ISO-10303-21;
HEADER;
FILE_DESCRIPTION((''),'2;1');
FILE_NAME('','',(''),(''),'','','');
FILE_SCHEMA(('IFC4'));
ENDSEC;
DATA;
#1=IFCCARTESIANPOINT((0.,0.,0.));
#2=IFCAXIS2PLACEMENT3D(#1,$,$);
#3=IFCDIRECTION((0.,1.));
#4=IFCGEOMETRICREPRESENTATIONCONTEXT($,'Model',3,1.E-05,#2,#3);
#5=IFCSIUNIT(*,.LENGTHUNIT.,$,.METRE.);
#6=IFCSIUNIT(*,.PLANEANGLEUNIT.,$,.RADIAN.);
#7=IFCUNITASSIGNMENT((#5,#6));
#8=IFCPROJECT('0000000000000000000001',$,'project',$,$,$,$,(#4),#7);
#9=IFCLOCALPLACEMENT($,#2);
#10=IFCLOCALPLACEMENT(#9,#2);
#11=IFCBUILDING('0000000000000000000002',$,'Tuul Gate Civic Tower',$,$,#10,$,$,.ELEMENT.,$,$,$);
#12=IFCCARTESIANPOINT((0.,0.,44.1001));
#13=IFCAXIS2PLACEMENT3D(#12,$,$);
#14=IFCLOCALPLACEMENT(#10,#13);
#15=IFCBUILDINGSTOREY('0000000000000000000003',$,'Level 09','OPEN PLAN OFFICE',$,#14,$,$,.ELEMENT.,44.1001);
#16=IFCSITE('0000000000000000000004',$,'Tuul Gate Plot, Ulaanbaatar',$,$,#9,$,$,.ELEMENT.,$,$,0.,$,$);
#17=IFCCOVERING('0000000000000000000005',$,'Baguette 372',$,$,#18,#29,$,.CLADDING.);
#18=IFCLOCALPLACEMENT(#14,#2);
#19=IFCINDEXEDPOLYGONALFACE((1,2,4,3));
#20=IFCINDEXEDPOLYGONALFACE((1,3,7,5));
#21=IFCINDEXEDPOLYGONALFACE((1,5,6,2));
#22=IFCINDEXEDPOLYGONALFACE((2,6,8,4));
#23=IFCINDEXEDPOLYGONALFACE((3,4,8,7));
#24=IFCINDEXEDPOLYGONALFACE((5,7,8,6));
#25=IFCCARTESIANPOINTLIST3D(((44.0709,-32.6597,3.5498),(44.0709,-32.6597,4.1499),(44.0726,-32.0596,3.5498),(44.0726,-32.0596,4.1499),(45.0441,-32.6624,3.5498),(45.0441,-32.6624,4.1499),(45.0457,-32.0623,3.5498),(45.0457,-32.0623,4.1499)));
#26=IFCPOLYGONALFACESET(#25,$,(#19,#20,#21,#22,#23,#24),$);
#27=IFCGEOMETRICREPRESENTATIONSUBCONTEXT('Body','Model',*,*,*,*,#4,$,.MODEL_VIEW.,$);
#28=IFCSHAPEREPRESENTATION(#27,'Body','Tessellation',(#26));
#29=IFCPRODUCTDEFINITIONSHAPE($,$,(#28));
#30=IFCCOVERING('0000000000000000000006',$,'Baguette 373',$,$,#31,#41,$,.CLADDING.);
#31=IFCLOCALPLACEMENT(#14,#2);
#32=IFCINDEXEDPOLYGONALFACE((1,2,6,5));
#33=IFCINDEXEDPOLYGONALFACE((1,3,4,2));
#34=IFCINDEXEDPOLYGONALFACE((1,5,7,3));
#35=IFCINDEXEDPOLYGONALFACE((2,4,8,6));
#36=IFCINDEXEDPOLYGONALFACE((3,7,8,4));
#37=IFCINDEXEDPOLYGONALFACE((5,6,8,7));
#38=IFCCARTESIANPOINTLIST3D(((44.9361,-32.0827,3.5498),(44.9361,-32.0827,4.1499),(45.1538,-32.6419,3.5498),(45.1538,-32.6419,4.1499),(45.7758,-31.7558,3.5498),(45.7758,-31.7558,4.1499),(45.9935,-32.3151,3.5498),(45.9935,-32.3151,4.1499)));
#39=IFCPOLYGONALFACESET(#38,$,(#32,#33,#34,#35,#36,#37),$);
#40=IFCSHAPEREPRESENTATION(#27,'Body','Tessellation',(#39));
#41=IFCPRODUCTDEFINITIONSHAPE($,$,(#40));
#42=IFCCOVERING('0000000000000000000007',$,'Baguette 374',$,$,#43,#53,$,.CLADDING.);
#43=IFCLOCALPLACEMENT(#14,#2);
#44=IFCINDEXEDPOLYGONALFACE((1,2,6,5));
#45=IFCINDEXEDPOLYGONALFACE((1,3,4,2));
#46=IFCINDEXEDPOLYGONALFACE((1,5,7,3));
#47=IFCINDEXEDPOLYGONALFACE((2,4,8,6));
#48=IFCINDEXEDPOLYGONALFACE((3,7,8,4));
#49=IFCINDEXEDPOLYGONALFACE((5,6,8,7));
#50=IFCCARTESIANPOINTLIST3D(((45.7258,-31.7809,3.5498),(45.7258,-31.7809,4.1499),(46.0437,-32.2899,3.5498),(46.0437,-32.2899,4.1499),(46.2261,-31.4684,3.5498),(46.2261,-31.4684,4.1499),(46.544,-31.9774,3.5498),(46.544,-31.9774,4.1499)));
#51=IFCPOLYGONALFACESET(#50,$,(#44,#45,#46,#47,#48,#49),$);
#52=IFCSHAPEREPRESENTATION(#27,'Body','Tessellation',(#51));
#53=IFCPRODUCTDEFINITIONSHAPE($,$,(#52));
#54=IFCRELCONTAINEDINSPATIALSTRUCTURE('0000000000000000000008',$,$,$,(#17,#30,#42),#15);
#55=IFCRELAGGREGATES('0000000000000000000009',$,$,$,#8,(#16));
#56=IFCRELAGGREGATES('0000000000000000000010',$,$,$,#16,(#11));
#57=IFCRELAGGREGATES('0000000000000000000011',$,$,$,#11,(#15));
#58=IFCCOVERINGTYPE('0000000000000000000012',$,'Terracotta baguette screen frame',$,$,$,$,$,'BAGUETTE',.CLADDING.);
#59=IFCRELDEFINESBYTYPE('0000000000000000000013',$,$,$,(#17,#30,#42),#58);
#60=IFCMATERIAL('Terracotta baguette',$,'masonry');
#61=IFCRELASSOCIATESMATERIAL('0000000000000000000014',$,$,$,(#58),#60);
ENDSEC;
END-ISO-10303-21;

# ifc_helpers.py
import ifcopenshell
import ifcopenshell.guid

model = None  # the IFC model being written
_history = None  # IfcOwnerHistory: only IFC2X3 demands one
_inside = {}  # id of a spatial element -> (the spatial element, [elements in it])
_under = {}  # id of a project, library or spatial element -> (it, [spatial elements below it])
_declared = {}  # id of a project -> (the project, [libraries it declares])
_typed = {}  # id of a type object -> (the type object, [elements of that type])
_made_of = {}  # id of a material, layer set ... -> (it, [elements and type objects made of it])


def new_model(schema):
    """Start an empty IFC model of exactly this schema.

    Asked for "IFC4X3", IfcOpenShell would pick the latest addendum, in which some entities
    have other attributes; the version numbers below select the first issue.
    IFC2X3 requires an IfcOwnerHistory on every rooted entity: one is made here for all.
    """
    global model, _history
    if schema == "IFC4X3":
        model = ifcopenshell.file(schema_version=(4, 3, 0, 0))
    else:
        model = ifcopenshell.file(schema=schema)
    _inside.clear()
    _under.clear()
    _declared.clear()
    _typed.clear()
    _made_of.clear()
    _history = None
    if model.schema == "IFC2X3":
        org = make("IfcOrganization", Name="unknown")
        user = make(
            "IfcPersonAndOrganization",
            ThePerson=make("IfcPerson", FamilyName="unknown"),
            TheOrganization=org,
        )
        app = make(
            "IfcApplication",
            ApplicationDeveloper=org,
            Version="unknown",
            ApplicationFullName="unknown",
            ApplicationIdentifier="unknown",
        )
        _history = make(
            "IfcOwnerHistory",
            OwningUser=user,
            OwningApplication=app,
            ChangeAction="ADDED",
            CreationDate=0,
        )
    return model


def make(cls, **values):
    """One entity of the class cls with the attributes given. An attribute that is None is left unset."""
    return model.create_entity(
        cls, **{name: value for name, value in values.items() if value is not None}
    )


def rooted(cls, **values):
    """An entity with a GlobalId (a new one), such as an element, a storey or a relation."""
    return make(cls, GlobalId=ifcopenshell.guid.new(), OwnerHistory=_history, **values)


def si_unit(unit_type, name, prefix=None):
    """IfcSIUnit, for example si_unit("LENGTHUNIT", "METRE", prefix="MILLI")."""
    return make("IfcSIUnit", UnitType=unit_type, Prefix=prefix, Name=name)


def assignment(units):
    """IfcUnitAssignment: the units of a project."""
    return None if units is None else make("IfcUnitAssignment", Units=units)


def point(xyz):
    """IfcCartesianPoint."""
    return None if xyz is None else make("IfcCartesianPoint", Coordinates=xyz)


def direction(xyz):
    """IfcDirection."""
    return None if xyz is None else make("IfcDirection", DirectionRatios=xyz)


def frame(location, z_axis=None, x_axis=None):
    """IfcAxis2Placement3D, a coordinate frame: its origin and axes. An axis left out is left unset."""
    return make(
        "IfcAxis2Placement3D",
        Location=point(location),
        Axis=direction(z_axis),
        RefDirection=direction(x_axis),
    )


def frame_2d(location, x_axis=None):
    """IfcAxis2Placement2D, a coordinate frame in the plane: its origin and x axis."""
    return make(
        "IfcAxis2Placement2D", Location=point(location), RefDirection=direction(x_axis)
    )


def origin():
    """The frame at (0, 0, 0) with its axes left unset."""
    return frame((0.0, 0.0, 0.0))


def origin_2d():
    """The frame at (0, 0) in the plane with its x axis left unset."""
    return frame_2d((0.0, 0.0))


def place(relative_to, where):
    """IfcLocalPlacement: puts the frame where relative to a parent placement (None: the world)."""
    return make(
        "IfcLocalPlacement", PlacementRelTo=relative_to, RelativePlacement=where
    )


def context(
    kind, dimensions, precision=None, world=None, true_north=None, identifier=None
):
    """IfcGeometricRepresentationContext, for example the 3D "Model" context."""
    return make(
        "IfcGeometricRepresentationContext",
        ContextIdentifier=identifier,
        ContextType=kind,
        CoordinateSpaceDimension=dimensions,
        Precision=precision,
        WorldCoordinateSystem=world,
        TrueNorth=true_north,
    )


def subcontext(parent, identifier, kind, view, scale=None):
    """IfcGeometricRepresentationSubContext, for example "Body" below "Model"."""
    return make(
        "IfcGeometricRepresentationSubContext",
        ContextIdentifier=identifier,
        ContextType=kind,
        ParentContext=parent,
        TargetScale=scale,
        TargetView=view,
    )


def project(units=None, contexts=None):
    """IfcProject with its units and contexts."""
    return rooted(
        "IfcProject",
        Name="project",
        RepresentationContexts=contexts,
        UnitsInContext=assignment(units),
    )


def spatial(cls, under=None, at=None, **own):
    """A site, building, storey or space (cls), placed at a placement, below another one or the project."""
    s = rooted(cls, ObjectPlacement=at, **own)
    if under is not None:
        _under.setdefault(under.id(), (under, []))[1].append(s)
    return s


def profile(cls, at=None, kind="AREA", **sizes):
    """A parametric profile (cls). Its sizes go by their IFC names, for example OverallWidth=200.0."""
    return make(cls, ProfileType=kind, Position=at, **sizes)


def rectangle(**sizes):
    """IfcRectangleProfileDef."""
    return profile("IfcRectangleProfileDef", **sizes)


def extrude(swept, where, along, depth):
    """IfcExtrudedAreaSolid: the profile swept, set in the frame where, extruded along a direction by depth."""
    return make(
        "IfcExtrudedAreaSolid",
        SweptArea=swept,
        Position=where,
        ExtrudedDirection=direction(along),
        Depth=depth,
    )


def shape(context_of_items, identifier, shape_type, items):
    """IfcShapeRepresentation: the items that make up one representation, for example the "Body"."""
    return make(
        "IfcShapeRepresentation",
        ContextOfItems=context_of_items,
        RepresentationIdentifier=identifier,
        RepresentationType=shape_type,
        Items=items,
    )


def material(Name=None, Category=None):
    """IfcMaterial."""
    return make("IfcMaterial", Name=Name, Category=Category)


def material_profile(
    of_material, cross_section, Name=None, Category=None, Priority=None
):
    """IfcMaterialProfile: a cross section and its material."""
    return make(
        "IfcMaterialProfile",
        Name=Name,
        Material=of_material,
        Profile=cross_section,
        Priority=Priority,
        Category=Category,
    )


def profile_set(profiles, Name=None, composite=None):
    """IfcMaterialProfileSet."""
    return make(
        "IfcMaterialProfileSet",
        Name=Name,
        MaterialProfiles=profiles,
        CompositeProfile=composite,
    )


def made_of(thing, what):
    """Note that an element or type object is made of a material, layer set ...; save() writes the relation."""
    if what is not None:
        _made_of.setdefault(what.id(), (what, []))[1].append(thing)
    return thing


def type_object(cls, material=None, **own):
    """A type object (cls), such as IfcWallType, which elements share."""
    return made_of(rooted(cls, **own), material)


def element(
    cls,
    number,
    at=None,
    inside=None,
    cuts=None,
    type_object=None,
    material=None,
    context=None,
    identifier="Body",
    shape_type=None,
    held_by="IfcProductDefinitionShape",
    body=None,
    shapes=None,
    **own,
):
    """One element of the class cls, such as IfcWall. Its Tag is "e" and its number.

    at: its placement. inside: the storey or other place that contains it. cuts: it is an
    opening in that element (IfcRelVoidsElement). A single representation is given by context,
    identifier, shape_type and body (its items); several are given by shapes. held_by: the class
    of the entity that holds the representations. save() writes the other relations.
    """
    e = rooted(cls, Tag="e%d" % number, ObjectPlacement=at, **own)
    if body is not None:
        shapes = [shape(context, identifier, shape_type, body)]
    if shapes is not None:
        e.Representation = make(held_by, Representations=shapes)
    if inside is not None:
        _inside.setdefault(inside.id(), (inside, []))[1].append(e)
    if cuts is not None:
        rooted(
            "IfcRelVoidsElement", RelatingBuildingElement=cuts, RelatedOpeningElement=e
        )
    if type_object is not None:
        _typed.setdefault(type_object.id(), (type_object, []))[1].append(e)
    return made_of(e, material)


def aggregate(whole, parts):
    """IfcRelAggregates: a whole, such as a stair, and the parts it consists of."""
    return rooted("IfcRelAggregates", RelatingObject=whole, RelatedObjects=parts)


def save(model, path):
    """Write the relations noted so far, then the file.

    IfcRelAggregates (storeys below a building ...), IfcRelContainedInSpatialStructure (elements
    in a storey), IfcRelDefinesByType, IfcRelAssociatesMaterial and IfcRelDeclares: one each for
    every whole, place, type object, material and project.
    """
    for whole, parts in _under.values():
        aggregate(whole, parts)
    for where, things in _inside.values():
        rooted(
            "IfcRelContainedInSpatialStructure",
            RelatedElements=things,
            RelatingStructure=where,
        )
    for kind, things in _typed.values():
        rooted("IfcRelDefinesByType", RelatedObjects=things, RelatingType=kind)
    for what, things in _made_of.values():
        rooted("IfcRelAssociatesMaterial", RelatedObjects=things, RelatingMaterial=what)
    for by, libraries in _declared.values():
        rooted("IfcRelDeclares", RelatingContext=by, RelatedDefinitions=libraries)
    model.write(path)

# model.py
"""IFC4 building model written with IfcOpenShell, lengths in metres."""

from ifc_helpers import new_model, si_unit, direction, frame, origin, origin_2d, place, context, subcontext, project, spatial, rectangle, extrude, material, material_profile, profile_set, type_object, element, save


model = new_model("IFC4")

# Units and contexts
model_context = context("Model", 3, precision=1e-05, world=origin(), true_north=direction((0.0, 1.0)))
body_context = subcontext(model_context, "Body", "Model", "MODEL_VIEW")
ifc_project = project(units=[si_unit("LENGTHUNIT", "METRE"), si_unit("PLANEANGLEUNIT", "RADIAN")], contexts=[model_context])

# Site, building, storey
site_placement = place(None, origin())
site = spatial("IfcSite", under=ifc_project, at=site_placement, Name="Tuul Gate Plot, Ulaanbaatar", CompositionType="ELEMENT", RefElevation=0.0)
building_placement = place(site_placement, origin())
building = spatial("IfcBuilding", under=site, at=building_placement, Name="Tuul Gate Civic Tower", CompositionType="ELEMENT")
storey_placement = place(building_placement, frame((0.0, 0.0, 44.1001)))
storey = spatial("IfcBuildingStorey", under=building, at=storey_placement, Name="Level 09", Description="OPEN PLAN OFFICE", CompositionType="ELEMENT", Elevation=44.1001)

# Coverings
ifc_material_1 = material(Name="Terracotta baguette", Category="masonry")
ifc_material_profile_1 = material_profile(ifc_material_1, rectangle(XDim=0.6001, YDim=0.6001, at=origin_2d()), Name="Terracotta baguette screen frame")
ifc_profile_set_1 = profile_set([ifc_material_profile_1], Name="Terracotta baguette")
covering_type = type_object("IfcCoveringType", Name="Terracotta baguette screen frame", ElementType="BAGUETTE", PredefinedType="CLADDING", material=ifc_profile_set_1)
covering_1_placement = place(storey_placement, frame((44.0718, -32.3596, 3.8499), z_axis=(0.999996, -0.00276, 0.0), x_axis=(0.00276, 0.999996, 0.0)))
element("IfcCovering", 1, at=covering_1_placement, inside=storey, type_object=covering_type, Name="Baguette 372", PredefinedType="CLADDING", context=body_context, shape_type="SweptSolid", body=[
    extrude(rectangle(XDim=0.6001, YDim=0.6001, at=origin_2d()), origin(), (0.0, 0.0, 1.0), 0.9731),
])
covering_2_placement = place(storey_placement, frame((45.0449, -32.3623, 3.8499), z_axis=(0.931893, 0.362734, 0.0), x_axis=(-0.362734, 0.931893, 0.0)))
element("IfcCovering", 2, at=covering_2_placement, inside=storey, type_object=covering_type, Name="Baguette 373", PredefinedType="CLADDING", context=body_context, shape_type="SweptSolid", body=[
    extrude(rectangle(XDim=0.6001, YDim=0.6001, at=origin_2d()), origin(), (0.0, 0.0, 1.0), 0.9011),
])
covering_3_placement = place(storey_placement, frame((45.8848, -32.0354, 3.8499), z_axis=(0.848115, 0.529813, 0.0), x_axis=(-0.529813, 0.848115, 0.0)))
element("IfcCovering", 3, at=covering_3_placement, inside=storey, type_object=covering_type, Name="Baguette 374", PredefinedType="CLADDING", context=body_context, shape_type="SweptSolid", body=[
    extrude(rectangle(XDim=0.6001, YDim=0.6001, at=origin_2d()), origin(), (0.0, 0.0, 1.0), 0.5898),
])

save(model, "model.ifc")
